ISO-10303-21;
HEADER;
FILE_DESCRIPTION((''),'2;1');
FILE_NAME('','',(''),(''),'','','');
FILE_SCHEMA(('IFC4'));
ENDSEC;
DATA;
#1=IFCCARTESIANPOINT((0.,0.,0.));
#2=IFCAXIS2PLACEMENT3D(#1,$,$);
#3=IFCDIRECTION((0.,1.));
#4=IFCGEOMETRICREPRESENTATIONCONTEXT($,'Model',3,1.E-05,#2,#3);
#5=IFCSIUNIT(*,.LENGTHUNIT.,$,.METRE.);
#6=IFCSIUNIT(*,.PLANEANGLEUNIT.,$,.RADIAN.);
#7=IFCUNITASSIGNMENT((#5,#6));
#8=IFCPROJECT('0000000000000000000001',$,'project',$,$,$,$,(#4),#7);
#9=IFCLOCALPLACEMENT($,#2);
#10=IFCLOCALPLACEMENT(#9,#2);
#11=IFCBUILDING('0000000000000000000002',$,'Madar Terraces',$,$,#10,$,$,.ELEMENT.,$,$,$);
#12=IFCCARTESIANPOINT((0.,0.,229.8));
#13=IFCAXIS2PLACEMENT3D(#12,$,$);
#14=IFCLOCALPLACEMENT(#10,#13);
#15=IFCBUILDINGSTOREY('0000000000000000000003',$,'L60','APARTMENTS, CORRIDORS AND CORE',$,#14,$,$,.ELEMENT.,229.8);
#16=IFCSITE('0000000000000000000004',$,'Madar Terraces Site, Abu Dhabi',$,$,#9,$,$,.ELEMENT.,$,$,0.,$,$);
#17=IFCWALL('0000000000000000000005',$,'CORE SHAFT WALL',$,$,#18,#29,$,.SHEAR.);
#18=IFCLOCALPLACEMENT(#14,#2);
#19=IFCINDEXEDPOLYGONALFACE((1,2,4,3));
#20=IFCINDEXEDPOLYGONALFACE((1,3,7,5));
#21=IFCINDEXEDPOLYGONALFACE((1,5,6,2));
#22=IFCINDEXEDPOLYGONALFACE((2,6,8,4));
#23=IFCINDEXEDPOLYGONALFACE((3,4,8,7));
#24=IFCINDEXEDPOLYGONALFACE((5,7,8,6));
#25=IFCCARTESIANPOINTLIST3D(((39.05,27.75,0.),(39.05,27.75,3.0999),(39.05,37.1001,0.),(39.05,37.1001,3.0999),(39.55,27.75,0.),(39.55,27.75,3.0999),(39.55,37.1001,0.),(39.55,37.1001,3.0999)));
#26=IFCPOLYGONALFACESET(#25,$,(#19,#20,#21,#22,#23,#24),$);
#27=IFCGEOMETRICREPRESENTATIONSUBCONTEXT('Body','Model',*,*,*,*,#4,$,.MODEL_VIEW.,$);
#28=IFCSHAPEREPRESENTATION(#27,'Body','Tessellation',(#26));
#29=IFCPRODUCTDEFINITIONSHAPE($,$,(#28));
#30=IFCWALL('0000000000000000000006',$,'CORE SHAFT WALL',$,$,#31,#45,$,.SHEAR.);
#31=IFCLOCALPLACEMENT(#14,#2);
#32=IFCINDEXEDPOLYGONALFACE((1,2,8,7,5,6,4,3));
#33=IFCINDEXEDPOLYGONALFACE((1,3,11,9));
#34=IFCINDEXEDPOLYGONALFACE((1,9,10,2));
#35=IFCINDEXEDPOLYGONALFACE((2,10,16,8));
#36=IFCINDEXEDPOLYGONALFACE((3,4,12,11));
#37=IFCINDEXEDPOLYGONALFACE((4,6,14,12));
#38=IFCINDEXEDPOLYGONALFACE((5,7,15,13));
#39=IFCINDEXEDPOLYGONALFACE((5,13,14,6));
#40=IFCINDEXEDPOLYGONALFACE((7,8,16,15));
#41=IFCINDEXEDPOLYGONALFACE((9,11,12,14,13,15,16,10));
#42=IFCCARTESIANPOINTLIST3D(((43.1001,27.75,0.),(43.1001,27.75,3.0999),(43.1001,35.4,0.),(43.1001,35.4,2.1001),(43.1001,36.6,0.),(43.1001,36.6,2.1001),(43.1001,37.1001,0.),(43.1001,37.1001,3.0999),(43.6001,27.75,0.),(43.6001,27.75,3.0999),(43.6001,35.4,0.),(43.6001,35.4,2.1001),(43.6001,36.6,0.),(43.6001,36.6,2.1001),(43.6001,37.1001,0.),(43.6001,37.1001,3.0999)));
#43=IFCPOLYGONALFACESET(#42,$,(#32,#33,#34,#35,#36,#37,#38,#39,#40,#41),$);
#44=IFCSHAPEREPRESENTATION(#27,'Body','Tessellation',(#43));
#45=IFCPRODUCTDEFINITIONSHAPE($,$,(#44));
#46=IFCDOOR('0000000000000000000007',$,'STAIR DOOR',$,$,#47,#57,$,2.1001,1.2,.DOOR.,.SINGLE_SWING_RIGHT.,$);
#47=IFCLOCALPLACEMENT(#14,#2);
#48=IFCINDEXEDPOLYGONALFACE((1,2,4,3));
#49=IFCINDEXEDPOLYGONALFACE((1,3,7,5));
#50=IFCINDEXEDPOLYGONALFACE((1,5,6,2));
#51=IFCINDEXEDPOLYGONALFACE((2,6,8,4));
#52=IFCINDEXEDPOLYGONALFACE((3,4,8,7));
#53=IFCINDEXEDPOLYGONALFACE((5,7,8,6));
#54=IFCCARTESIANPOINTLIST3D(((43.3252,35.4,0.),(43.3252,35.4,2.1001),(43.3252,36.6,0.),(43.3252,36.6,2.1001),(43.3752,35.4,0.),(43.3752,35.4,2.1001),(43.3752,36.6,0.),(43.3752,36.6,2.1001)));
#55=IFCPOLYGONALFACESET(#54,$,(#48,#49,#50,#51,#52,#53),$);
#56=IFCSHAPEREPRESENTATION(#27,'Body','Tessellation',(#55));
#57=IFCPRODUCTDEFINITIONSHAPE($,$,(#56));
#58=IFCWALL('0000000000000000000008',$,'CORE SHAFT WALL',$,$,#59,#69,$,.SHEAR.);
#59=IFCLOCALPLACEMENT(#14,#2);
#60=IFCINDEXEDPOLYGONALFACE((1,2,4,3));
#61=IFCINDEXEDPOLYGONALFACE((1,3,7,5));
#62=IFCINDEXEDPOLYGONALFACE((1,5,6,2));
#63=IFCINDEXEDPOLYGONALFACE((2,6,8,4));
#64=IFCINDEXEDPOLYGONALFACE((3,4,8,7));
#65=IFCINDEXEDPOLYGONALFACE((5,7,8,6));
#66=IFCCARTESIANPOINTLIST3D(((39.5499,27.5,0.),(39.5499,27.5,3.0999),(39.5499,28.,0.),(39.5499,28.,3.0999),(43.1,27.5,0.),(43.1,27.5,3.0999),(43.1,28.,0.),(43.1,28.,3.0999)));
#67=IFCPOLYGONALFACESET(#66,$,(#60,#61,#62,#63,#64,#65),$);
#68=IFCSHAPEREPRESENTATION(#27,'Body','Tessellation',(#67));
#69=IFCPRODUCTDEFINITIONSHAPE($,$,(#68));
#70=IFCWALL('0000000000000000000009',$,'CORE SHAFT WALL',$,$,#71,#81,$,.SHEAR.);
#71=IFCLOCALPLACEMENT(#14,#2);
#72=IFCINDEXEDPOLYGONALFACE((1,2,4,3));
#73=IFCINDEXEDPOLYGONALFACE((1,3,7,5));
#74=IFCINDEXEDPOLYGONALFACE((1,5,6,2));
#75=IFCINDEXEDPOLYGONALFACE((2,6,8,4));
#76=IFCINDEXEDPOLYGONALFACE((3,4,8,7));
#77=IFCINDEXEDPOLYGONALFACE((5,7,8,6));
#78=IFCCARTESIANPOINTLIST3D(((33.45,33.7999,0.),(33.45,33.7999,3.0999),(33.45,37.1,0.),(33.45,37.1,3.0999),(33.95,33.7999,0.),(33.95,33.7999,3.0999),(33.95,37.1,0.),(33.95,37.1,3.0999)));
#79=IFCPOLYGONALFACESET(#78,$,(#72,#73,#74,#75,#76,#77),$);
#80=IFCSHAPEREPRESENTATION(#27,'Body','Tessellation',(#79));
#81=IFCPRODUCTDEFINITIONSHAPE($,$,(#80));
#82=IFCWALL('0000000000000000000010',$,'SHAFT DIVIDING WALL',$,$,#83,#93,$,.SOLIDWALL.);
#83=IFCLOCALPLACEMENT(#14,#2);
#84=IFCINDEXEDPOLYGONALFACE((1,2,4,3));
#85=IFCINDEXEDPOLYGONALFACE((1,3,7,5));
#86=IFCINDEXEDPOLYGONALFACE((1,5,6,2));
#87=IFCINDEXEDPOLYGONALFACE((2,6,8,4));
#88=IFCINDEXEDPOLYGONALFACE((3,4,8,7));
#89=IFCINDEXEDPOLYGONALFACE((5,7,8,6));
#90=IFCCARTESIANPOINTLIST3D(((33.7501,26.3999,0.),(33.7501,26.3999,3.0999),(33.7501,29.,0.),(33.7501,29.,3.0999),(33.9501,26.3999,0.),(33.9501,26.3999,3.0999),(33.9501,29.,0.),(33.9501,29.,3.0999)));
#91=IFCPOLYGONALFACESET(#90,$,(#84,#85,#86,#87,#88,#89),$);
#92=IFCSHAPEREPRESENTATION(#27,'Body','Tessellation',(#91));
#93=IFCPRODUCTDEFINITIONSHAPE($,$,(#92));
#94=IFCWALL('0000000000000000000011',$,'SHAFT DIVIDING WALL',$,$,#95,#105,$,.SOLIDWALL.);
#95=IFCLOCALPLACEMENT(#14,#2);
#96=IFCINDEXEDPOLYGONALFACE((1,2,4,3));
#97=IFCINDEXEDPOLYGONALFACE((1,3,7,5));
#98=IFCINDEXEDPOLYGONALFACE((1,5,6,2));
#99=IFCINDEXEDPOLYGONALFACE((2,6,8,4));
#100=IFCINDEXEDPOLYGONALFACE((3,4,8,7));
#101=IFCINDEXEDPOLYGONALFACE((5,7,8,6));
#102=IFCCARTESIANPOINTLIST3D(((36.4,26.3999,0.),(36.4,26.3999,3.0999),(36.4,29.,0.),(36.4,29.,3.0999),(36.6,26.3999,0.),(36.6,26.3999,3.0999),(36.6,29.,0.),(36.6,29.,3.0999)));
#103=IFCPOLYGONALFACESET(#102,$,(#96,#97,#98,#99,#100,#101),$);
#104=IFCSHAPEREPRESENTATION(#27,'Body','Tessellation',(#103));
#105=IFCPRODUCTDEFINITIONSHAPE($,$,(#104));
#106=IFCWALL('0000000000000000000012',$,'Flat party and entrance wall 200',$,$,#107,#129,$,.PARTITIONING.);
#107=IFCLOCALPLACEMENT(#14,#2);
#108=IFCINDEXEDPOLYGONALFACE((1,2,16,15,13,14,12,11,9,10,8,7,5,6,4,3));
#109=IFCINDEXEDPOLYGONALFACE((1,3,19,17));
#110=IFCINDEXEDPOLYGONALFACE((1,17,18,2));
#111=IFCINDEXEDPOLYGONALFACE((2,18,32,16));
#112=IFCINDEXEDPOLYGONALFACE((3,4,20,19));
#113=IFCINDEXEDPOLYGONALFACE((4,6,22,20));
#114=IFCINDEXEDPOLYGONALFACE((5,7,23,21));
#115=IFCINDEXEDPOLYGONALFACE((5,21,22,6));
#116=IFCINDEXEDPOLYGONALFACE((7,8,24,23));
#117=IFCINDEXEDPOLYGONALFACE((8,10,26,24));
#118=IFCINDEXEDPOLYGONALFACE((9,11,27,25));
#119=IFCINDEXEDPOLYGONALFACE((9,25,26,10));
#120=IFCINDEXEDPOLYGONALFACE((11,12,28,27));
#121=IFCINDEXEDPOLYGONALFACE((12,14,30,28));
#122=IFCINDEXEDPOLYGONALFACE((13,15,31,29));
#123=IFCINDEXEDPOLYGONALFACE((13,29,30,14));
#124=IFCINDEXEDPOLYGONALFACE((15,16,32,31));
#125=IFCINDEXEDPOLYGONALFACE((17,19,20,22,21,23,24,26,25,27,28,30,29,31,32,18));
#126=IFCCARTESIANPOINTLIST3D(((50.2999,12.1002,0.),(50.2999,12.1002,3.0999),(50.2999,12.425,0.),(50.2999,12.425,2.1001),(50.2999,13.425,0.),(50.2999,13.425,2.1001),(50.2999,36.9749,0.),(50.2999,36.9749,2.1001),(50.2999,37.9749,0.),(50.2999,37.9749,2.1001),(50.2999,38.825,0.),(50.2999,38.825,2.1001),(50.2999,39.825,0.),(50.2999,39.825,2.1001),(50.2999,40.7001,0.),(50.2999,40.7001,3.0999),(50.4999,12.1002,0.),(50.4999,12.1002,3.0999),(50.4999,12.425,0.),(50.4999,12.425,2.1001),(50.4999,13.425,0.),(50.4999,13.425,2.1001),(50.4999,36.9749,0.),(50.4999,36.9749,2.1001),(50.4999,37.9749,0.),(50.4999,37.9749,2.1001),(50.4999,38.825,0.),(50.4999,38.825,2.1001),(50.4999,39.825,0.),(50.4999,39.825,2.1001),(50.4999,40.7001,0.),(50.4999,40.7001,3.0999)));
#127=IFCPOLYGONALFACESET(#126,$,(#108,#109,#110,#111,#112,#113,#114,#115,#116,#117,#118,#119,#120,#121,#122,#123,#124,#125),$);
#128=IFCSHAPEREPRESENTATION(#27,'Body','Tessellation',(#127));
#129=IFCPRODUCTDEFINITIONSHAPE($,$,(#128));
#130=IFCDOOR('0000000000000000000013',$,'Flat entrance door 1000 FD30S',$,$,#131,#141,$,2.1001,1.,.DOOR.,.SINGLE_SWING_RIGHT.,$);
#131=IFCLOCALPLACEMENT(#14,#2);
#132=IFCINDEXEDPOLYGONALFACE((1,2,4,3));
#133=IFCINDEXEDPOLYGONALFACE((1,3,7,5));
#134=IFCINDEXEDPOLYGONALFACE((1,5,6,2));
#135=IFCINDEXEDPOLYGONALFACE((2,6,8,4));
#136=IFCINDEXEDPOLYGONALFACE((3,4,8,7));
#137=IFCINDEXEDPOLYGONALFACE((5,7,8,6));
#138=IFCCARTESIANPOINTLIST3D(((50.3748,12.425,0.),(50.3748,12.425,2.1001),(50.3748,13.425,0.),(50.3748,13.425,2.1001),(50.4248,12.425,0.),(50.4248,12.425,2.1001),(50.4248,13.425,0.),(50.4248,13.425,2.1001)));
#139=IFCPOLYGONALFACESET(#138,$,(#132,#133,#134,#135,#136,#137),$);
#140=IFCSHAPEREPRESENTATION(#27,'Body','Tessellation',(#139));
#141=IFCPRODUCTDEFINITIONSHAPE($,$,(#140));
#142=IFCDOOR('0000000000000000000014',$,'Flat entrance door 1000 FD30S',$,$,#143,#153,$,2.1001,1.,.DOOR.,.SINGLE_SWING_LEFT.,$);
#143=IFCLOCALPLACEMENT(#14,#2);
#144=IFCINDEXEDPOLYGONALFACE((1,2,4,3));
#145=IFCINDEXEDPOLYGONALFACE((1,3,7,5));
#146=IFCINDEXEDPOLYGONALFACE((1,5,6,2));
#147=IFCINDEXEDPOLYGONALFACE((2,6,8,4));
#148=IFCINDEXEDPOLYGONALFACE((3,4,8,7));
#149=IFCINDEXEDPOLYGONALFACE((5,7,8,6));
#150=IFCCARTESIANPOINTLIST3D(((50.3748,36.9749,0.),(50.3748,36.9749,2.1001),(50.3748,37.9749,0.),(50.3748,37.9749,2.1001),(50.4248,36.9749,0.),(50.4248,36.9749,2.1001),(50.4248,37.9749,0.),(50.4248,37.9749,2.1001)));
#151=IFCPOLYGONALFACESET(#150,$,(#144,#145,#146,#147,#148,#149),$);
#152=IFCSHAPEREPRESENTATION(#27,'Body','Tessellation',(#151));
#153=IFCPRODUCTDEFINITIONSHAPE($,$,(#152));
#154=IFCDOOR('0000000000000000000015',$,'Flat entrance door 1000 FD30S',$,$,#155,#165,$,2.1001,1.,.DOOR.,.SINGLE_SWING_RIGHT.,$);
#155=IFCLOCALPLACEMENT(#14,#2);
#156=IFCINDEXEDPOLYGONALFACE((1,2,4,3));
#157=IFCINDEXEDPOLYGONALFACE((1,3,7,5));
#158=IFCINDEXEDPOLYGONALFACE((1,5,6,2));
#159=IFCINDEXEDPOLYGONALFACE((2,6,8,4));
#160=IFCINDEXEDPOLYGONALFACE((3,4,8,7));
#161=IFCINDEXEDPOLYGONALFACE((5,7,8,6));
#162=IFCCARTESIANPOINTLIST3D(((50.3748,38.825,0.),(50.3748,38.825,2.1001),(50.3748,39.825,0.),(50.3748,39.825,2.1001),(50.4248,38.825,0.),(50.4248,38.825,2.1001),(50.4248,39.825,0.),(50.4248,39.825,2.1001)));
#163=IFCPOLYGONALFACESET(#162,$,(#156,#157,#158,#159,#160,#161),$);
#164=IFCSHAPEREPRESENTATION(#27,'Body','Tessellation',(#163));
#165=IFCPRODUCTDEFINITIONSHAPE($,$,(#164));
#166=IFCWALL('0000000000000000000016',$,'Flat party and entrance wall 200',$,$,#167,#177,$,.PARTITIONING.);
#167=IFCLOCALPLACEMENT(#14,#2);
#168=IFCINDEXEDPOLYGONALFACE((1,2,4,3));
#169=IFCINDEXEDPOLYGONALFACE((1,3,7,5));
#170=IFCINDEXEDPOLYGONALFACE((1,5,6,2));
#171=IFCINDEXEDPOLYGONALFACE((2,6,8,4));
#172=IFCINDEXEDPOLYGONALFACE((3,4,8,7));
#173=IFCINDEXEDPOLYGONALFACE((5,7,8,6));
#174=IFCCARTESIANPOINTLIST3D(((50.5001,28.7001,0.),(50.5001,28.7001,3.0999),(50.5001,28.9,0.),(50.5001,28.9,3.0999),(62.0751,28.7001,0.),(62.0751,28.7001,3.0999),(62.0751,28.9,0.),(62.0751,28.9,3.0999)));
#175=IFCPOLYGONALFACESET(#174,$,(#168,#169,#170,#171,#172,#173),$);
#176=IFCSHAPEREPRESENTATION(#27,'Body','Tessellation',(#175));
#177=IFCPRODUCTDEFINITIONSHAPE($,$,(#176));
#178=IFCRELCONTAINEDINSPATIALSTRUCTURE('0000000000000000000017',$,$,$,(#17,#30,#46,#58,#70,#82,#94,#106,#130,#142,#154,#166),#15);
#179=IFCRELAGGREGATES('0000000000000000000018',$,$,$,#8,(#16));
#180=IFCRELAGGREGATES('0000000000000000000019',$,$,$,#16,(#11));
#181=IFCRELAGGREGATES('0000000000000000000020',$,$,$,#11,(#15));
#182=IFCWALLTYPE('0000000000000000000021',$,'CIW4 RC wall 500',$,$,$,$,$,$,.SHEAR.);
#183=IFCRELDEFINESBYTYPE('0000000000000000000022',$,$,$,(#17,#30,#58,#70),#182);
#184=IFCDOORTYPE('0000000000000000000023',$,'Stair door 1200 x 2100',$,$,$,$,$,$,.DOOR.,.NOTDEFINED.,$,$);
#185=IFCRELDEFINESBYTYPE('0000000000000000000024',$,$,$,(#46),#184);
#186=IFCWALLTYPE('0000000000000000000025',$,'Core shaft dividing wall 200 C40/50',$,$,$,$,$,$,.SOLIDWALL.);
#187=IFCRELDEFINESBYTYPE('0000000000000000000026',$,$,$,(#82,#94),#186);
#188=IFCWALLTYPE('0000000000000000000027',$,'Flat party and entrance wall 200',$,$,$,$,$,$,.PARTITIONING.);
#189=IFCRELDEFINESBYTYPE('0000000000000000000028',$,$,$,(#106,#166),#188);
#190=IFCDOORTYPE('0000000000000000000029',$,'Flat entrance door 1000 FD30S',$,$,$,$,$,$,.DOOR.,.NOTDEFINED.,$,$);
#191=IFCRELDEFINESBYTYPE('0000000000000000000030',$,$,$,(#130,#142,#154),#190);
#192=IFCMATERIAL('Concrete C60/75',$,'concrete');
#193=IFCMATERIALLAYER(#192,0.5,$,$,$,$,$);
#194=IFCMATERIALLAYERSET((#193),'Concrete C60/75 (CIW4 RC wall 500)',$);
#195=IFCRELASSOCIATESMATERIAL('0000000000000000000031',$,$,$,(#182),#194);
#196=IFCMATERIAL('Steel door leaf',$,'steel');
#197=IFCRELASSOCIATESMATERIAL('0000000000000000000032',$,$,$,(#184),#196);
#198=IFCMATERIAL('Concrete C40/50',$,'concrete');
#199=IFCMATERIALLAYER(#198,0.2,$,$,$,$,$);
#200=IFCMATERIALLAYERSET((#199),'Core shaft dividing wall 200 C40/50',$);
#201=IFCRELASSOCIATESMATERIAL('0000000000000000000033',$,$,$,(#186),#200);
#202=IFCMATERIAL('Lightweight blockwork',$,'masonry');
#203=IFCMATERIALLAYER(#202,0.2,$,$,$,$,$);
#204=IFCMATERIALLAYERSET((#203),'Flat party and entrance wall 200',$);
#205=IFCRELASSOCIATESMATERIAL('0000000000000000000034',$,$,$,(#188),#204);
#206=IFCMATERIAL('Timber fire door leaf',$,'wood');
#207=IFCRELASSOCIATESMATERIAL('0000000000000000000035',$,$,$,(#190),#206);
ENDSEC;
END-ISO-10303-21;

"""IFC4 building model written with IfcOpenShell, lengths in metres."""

from ifc_helpers import new_model, si_unit, direction, frame, frame_2d, origin, place, context, subcontext, project, spatial, rectangle, extrude, material, layer, layer_set, type_object, element, fill, save


model = new_model("IFC4")

# Units and contexts
model_context = context("Model", 3, precision=1e-05, world=origin(), true_north=direction((0.0, 1.0)))
body_context = subcontext(model_context, "Body", "Model", "MODEL_VIEW")
ifc_project = project(units=[si_unit("LENGTHUNIT", "METRE"), si_unit("PLANEANGLEUNIT", "RADIAN")], contexts=[model_context])

# Site, building, storey
site_placement = place(None, origin())
site = spatial("IfcSite", under=ifc_project, at=site_placement, Name="Madar Terraces Site, Abu Dhabi", CompositionType="ELEMENT", RefElevation=0.0)
building_placement = place(site_placement, origin())
building = spatial("IfcBuilding", under=site, at=building_placement, Name="Madar Terraces", CompositionType="ELEMENT")
storey_placement = place(building_placement, frame((0.0, 0.0, 229.8)))
storey = spatial("IfcBuildingStorey", under=building, at=storey_placement, Name="L60", Description="APARTMENTS, CORRIDORS AND CORE", CompositionType="ELEMENT", Elevation=229.8)

# Wall
ifc_material_1 = material(Name="Concrete C60/75", Category="concrete")
ifc_layer_1 = layer(ifc_material_1, 0.5)
ifc_layer_set_1 = layer_set([ifc_layer_1], Name="Concrete C60/75 (CIW4 RC wall 500)")
wall_type_1 = type_object("IfcWallType", Name="CIW4 RC wall 500", PredefinedType="SHEAR", material=ifc_layer_set_1)
wall_1_placement = place(storey_placement, frame((39.3, 27.75, 0.0), z_axis=(0.0, 0.0, 1.0), x_axis=(0.0, 1.0, 0.0)))
element("IfcWall", 1, at=wall_1_placement, inside=storey, type_object=wall_type_1, Name="CORE SHAFT WALL", PredefinedType="SHEAR", context=body_context, shape_type="SweptSolid", body=[
    extrude(rectangle(XDim=9.3501, YDim=0.5, at=frame_2d((4.675, 0.0))), origin(), (0.0, 0.0, 1.0), 3.0999),
])

# Wall, opening, door
wall_2_placement = place(storey_placement, frame((43.3501, 27.75, 0.0), z_axis=(0.0, 0.0, 1.0), x_axis=(0.0, 1.0, 0.0)))
wall_2 = element("IfcWall", 2, at=wall_2_placement, inside=storey, type_object=wall_type_1, Name="CORE SHAFT WALL", PredefinedType="SHEAR", context=body_context, shape_type="SweptSolid", body=[
    extrude(rectangle(XDim=9.3501, YDim=0.5, at=frame_2d((4.675, 0.0))), origin(), (0.0, 0.0, 1.0), 3.0999),
])
opening_1_placement = place(wall_2_placement, frame((7.6499, 0.0, 0.0)))
opening_1 = element("IfcOpeningElement", 3, at=opening_1_placement, cuts=wall_2, PredefinedType="OPENING", context=body_context, shape_type="SweptSolid", body=[
    extrude(rectangle(XDim=1.2, YDim=2.1001, at=frame_2d((0.6001, 1.05))), frame((0.0, 0.26, 0.0), z_axis=(0.0, -1.0, 0.0), x_axis=(1.0, 0.0, 0.0)), (0.0, 0.0, 1.0), 0.52),
])
ifc_material_2 = material(Name="Steel door leaf", Category="steel")
door_type_1 = type_object("IfcDoorType", Name="Stair door 1200 x 2100", OperationType="NOTDEFINED", PredefinedType="DOOR", material=ifc_material_2)
door_1_placement = place(opening_1_placement, origin())
door_1 = element("IfcDoor", 4, at=door_1_placement, inside=storey, type_object=door_type_1, Name="STAIR DOOR", OperationType="SINGLE_SWING_RIGHT", OverallHeight=2.1001, OverallWidth=1.2, PredefinedType="DOOR", context=body_context, shape_type="SweptSolid", body=[
    extrude(rectangle(XDim=1.2, YDim=2.1001, at=frame_2d((0.6001, 1.05))), frame((0.0, 0.0249, 0.0), z_axis=(0.0, -1.0, 0.0), x_axis=(1.0, 0.0, 0.0)), (0.0, 0.0, 1.0), 0.05),
])
fill(opening_1, door_1)

# Walls
wall_3_placement = place(storey_placement, frame((39.55, 27.75, 0.0), z_axis=(0.0, 0.0, 1.0), x_axis=(1.0, 0.0, 0.0)))
element("IfcWall", 5, at=wall_3_placement, inside=storey, type_object=wall_type_1, Name="CORE SHAFT WALL", PredefinedType="SHEAR", context=body_context, shape_type="SweptSolid", body=[
    extrude(rectangle(XDim=3.55, YDim=0.5, at=frame_2d((1.7749, 0.0))), origin(), (0.0, 0.0, 1.0), 3.0999),
])
wall_4_placement = place(storey_placement, frame((33.7, 33.8, 0.0), z_axis=(0.0, 0.0, 1.0), x_axis=(0.0, 1.0, 0.0)))
element("IfcWall", 6, at=wall_4_placement, inside=storey, type_object=wall_type_1, Name="CORE SHAFT WALL", PredefinedType="SHEAR", context=body_context, shape_type="SweptSolid", body=[
    extrude(rectangle(XDim=3.3, YDim=0.5, at=frame_2d((1.6499, 0.0))), origin(), (0.0, 0.0, 1.0), 3.0999),
])
ifc_material_3 = material(Name="Concrete C40/50", Category="concrete")
ifc_layer_2 = layer(ifc_material_3, 0.2)
ifc_layer_set_2 = layer_set([ifc_layer_2], Name="Core shaft dividing wall 200 C40/50")
wall_type_2 = type_object("IfcWallType", Name="Core shaft dividing wall 200 C40/50", PredefinedType="SOLIDWALL", material=ifc_layer_set_2)
for number, where, z_axis, x_axis, name in (
    (7, (33.8501, 26.3999, 0.0), (0.0, 0.0, 1.0), (0.0, 1.0, 0.0), "SHAFT DIVIDING WALL"),
    (8, (36.5, 26.3999, 0.0), (0.0, 0.0, 1.0), (0.0, 1.0, 0.0), "SHAFT DIVIDING WALL"),
):
    element("IfcWall", number, at=place(storey_placement, frame(where, z_axis=z_axis, x_axis=x_axis)), inside=storey, type_object=wall_type_2, Name=name, PredefinedType="SOLIDWALL", context=body_context, shape_type="SweptSolid", body=[
        extrude(rectangle(XDim=2.6001, YDim=0.2, at=frame_2d((1.3, 0.0))), origin(), (0.0, 0.0, 1.0), 3.0999),
    ])

# Wall, openings, doors
ifc_material_4 = material(Name="Lightweight blockwork", Category="masonry")
ifc_layer_3 = layer(ifc_material_4, 0.2)
ifc_layer_set_3 = layer_set([ifc_layer_3], Name="Flat party and entrance wall 200")
wall_type_3 = type_object("IfcWallType", Name="Flat party and entrance wall 200", PredefinedType="PARTITIONING", material=ifc_layer_set_3)
wall_5_placement = place(storey_placement, frame((50.3999, 40.7, 0.0), z_axis=(0.0, 0.0, 1.0), x_axis=(0.0, -1.0, 0.0)))
wall_5 = element("IfcWall", 9, at=wall_5_placement, inside=storey, type_object=wall_type_3, Name="Flat party and entrance wall 200", PredefinedType="PARTITIONING", context=body_context, shape_type="SweptSolid", body=[
    extrude(rectangle(XDim=28.5999, YDim=0.2, at=frame_2d((14.2998, 0.0))), origin(), (0.0, 0.0, 1.0), 3.0999),
])
opening_2_placement = place(wall_5_placement, frame((27.2749, 0.0, 0.0)))
opening_2 = element("IfcOpeningElement", 10, at=opening_2_placement, cuts=wall_5, PredefinedType="OPENING", context=body_context, shape_type="SweptSolid", body=[
    extrude(rectangle(XDim=1.0, YDim=2.1001, at=frame_2d((0.5, 1.05))), frame((0.0, 0.1099, 0.0), z_axis=(0.0, -1.0, 0.0), x_axis=(1.0, 0.0, 0.0)), (0.0, 0.0, 1.0), 0.22),
])
opening_3_placement = place(wall_5_placement, frame((2.7251, 0.0, 0.0)))
opening_3 = element("IfcOpeningElement", 11, at=opening_3_placement, cuts=wall_5, PredefinedType="OPENING", context=body_context, shape_type="SweptSolid", body=[
    extrude(rectangle(XDim=1.0, YDim=2.1001, at=frame_2d((0.5, 1.05))), frame((0.0, 0.1099, 0.0), z_axis=(0.0, -1.0, 0.0), x_axis=(1.0, 0.0, 0.0)), (0.0, 0.0, 1.0), 0.22),
])
opening_4_placement = place(wall_5_placement, frame((0.875, 0.0, 0.0)))
opening_4 = element("IfcOpeningElement", 12, at=opening_4_placement, cuts=wall_5, PredefinedType="OPENING", context=body_context, shape_type="SweptSolid", body=[
    extrude(rectangle(XDim=1.0, YDim=2.1001, at=frame_2d((0.5, 1.05))), frame((0.0, 0.1099, 0.0), z_axis=(0.0, -1.0, 0.0), x_axis=(1.0, 0.0, 0.0)), (0.0, 0.0, 1.0), 0.22),
])
ifc_material_5 = material(Name="Timber fire door leaf", Category="wood")
door_type_2 = type_object("IfcDoorType", Name="Flat entrance door 1000 FD30S", OperationType="NOTDEFINED", PredefinedType="DOOR", material=ifc_material_5)
door_2_placement = place(opening_2_placement, origin())
door_2 = element("IfcDoor", 13, at=door_2_placement, inside=storey, type_object=door_type_2, Name="Flat entrance door 1000 FD30S", OperationType="SINGLE_SWING_RIGHT", OverallHeight=2.1001, OverallWidth=1.0, PredefinedType="DOOR", context=body_context, shape_type="SweptSolid", body=[
    extrude(rectangle(XDim=1.0, YDim=2.1001, at=frame_2d((0.5, 1.05))), frame((0.0, 0.0249, 0.0), z_axis=(0.0, -1.0, 0.0), x_axis=(1.0, 0.0, 0.0)), (0.0, 0.0, 1.0), 0.05),
])
fill(opening_2, door_2)
door_3_placement = place(opening_3_placement, origin())
door_3 = element("IfcDoor", 14, at=door_3_placement, inside=storey, type_object=door_type_2, Name="Flat entrance door 1000 FD30S", OperationType="SINGLE_SWING_LEFT", OverallHeight=2.1001, OverallWidth=1.0, PredefinedType="DOOR", context=body_context, shape_type="SweptSolid", body=[
    extrude(rectangle(XDim=1.0, YDim=2.1001, at=frame_2d((0.5, 1.05))), frame((0.0, 0.0249, 0.0), z_axis=(0.0, -1.0, 0.0), x_axis=(1.0, 0.0, 0.0)), (0.0, 0.0, 1.0), 0.05),
])
fill(opening_3, door_3)
door_4_placement = place(opening_4_placement, origin())
door_4 = element("IfcDoor", 15, at=door_4_placement, inside=storey, type_object=door_type_2, Name="Flat entrance door 1000 FD30S", OperationType="SINGLE_SWING_RIGHT", OverallHeight=2.1001, OverallWidth=1.0, PredefinedType="DOOR", context=body_context, shape_type="SweptSolid", body=[
    extrude(rectangle(XDim=1.0, YDim=2.1001, at=frame_2d((0.5, 1.05))), frame((0.0, 0.0249, 0.0), z_axis=(0.0, -1.0, 0.0), x_axis=(1.0, 0.0, 0.0)), (0.0, 0.0, 1.0), 0.05),
])
fill(opening_4, door_4)

# Wall
wall_6_placement = place(storey_placement, frame((50.5, 28.8, 0.0), z_axis=(0.0, 0.0, 1.0), x_axis=(1.0, 0.0, 0.0)))
element("IfcWall", 16, at=wall_6_placement, inside=storey, type_object=wall_type_3, Name="Flat party and entrance wall 200", PredefinedType="PARTITIONING", context=body_context, shape_type="SweptSolid", body=[
    extrude(rectangle(XDim=11.575, YDim=0.2, at=frame_2d((5.7876, 0.0))), origin(), (0.0, 0.0, 1.0), 3.0999),
])

save(model, "model.ifc")
